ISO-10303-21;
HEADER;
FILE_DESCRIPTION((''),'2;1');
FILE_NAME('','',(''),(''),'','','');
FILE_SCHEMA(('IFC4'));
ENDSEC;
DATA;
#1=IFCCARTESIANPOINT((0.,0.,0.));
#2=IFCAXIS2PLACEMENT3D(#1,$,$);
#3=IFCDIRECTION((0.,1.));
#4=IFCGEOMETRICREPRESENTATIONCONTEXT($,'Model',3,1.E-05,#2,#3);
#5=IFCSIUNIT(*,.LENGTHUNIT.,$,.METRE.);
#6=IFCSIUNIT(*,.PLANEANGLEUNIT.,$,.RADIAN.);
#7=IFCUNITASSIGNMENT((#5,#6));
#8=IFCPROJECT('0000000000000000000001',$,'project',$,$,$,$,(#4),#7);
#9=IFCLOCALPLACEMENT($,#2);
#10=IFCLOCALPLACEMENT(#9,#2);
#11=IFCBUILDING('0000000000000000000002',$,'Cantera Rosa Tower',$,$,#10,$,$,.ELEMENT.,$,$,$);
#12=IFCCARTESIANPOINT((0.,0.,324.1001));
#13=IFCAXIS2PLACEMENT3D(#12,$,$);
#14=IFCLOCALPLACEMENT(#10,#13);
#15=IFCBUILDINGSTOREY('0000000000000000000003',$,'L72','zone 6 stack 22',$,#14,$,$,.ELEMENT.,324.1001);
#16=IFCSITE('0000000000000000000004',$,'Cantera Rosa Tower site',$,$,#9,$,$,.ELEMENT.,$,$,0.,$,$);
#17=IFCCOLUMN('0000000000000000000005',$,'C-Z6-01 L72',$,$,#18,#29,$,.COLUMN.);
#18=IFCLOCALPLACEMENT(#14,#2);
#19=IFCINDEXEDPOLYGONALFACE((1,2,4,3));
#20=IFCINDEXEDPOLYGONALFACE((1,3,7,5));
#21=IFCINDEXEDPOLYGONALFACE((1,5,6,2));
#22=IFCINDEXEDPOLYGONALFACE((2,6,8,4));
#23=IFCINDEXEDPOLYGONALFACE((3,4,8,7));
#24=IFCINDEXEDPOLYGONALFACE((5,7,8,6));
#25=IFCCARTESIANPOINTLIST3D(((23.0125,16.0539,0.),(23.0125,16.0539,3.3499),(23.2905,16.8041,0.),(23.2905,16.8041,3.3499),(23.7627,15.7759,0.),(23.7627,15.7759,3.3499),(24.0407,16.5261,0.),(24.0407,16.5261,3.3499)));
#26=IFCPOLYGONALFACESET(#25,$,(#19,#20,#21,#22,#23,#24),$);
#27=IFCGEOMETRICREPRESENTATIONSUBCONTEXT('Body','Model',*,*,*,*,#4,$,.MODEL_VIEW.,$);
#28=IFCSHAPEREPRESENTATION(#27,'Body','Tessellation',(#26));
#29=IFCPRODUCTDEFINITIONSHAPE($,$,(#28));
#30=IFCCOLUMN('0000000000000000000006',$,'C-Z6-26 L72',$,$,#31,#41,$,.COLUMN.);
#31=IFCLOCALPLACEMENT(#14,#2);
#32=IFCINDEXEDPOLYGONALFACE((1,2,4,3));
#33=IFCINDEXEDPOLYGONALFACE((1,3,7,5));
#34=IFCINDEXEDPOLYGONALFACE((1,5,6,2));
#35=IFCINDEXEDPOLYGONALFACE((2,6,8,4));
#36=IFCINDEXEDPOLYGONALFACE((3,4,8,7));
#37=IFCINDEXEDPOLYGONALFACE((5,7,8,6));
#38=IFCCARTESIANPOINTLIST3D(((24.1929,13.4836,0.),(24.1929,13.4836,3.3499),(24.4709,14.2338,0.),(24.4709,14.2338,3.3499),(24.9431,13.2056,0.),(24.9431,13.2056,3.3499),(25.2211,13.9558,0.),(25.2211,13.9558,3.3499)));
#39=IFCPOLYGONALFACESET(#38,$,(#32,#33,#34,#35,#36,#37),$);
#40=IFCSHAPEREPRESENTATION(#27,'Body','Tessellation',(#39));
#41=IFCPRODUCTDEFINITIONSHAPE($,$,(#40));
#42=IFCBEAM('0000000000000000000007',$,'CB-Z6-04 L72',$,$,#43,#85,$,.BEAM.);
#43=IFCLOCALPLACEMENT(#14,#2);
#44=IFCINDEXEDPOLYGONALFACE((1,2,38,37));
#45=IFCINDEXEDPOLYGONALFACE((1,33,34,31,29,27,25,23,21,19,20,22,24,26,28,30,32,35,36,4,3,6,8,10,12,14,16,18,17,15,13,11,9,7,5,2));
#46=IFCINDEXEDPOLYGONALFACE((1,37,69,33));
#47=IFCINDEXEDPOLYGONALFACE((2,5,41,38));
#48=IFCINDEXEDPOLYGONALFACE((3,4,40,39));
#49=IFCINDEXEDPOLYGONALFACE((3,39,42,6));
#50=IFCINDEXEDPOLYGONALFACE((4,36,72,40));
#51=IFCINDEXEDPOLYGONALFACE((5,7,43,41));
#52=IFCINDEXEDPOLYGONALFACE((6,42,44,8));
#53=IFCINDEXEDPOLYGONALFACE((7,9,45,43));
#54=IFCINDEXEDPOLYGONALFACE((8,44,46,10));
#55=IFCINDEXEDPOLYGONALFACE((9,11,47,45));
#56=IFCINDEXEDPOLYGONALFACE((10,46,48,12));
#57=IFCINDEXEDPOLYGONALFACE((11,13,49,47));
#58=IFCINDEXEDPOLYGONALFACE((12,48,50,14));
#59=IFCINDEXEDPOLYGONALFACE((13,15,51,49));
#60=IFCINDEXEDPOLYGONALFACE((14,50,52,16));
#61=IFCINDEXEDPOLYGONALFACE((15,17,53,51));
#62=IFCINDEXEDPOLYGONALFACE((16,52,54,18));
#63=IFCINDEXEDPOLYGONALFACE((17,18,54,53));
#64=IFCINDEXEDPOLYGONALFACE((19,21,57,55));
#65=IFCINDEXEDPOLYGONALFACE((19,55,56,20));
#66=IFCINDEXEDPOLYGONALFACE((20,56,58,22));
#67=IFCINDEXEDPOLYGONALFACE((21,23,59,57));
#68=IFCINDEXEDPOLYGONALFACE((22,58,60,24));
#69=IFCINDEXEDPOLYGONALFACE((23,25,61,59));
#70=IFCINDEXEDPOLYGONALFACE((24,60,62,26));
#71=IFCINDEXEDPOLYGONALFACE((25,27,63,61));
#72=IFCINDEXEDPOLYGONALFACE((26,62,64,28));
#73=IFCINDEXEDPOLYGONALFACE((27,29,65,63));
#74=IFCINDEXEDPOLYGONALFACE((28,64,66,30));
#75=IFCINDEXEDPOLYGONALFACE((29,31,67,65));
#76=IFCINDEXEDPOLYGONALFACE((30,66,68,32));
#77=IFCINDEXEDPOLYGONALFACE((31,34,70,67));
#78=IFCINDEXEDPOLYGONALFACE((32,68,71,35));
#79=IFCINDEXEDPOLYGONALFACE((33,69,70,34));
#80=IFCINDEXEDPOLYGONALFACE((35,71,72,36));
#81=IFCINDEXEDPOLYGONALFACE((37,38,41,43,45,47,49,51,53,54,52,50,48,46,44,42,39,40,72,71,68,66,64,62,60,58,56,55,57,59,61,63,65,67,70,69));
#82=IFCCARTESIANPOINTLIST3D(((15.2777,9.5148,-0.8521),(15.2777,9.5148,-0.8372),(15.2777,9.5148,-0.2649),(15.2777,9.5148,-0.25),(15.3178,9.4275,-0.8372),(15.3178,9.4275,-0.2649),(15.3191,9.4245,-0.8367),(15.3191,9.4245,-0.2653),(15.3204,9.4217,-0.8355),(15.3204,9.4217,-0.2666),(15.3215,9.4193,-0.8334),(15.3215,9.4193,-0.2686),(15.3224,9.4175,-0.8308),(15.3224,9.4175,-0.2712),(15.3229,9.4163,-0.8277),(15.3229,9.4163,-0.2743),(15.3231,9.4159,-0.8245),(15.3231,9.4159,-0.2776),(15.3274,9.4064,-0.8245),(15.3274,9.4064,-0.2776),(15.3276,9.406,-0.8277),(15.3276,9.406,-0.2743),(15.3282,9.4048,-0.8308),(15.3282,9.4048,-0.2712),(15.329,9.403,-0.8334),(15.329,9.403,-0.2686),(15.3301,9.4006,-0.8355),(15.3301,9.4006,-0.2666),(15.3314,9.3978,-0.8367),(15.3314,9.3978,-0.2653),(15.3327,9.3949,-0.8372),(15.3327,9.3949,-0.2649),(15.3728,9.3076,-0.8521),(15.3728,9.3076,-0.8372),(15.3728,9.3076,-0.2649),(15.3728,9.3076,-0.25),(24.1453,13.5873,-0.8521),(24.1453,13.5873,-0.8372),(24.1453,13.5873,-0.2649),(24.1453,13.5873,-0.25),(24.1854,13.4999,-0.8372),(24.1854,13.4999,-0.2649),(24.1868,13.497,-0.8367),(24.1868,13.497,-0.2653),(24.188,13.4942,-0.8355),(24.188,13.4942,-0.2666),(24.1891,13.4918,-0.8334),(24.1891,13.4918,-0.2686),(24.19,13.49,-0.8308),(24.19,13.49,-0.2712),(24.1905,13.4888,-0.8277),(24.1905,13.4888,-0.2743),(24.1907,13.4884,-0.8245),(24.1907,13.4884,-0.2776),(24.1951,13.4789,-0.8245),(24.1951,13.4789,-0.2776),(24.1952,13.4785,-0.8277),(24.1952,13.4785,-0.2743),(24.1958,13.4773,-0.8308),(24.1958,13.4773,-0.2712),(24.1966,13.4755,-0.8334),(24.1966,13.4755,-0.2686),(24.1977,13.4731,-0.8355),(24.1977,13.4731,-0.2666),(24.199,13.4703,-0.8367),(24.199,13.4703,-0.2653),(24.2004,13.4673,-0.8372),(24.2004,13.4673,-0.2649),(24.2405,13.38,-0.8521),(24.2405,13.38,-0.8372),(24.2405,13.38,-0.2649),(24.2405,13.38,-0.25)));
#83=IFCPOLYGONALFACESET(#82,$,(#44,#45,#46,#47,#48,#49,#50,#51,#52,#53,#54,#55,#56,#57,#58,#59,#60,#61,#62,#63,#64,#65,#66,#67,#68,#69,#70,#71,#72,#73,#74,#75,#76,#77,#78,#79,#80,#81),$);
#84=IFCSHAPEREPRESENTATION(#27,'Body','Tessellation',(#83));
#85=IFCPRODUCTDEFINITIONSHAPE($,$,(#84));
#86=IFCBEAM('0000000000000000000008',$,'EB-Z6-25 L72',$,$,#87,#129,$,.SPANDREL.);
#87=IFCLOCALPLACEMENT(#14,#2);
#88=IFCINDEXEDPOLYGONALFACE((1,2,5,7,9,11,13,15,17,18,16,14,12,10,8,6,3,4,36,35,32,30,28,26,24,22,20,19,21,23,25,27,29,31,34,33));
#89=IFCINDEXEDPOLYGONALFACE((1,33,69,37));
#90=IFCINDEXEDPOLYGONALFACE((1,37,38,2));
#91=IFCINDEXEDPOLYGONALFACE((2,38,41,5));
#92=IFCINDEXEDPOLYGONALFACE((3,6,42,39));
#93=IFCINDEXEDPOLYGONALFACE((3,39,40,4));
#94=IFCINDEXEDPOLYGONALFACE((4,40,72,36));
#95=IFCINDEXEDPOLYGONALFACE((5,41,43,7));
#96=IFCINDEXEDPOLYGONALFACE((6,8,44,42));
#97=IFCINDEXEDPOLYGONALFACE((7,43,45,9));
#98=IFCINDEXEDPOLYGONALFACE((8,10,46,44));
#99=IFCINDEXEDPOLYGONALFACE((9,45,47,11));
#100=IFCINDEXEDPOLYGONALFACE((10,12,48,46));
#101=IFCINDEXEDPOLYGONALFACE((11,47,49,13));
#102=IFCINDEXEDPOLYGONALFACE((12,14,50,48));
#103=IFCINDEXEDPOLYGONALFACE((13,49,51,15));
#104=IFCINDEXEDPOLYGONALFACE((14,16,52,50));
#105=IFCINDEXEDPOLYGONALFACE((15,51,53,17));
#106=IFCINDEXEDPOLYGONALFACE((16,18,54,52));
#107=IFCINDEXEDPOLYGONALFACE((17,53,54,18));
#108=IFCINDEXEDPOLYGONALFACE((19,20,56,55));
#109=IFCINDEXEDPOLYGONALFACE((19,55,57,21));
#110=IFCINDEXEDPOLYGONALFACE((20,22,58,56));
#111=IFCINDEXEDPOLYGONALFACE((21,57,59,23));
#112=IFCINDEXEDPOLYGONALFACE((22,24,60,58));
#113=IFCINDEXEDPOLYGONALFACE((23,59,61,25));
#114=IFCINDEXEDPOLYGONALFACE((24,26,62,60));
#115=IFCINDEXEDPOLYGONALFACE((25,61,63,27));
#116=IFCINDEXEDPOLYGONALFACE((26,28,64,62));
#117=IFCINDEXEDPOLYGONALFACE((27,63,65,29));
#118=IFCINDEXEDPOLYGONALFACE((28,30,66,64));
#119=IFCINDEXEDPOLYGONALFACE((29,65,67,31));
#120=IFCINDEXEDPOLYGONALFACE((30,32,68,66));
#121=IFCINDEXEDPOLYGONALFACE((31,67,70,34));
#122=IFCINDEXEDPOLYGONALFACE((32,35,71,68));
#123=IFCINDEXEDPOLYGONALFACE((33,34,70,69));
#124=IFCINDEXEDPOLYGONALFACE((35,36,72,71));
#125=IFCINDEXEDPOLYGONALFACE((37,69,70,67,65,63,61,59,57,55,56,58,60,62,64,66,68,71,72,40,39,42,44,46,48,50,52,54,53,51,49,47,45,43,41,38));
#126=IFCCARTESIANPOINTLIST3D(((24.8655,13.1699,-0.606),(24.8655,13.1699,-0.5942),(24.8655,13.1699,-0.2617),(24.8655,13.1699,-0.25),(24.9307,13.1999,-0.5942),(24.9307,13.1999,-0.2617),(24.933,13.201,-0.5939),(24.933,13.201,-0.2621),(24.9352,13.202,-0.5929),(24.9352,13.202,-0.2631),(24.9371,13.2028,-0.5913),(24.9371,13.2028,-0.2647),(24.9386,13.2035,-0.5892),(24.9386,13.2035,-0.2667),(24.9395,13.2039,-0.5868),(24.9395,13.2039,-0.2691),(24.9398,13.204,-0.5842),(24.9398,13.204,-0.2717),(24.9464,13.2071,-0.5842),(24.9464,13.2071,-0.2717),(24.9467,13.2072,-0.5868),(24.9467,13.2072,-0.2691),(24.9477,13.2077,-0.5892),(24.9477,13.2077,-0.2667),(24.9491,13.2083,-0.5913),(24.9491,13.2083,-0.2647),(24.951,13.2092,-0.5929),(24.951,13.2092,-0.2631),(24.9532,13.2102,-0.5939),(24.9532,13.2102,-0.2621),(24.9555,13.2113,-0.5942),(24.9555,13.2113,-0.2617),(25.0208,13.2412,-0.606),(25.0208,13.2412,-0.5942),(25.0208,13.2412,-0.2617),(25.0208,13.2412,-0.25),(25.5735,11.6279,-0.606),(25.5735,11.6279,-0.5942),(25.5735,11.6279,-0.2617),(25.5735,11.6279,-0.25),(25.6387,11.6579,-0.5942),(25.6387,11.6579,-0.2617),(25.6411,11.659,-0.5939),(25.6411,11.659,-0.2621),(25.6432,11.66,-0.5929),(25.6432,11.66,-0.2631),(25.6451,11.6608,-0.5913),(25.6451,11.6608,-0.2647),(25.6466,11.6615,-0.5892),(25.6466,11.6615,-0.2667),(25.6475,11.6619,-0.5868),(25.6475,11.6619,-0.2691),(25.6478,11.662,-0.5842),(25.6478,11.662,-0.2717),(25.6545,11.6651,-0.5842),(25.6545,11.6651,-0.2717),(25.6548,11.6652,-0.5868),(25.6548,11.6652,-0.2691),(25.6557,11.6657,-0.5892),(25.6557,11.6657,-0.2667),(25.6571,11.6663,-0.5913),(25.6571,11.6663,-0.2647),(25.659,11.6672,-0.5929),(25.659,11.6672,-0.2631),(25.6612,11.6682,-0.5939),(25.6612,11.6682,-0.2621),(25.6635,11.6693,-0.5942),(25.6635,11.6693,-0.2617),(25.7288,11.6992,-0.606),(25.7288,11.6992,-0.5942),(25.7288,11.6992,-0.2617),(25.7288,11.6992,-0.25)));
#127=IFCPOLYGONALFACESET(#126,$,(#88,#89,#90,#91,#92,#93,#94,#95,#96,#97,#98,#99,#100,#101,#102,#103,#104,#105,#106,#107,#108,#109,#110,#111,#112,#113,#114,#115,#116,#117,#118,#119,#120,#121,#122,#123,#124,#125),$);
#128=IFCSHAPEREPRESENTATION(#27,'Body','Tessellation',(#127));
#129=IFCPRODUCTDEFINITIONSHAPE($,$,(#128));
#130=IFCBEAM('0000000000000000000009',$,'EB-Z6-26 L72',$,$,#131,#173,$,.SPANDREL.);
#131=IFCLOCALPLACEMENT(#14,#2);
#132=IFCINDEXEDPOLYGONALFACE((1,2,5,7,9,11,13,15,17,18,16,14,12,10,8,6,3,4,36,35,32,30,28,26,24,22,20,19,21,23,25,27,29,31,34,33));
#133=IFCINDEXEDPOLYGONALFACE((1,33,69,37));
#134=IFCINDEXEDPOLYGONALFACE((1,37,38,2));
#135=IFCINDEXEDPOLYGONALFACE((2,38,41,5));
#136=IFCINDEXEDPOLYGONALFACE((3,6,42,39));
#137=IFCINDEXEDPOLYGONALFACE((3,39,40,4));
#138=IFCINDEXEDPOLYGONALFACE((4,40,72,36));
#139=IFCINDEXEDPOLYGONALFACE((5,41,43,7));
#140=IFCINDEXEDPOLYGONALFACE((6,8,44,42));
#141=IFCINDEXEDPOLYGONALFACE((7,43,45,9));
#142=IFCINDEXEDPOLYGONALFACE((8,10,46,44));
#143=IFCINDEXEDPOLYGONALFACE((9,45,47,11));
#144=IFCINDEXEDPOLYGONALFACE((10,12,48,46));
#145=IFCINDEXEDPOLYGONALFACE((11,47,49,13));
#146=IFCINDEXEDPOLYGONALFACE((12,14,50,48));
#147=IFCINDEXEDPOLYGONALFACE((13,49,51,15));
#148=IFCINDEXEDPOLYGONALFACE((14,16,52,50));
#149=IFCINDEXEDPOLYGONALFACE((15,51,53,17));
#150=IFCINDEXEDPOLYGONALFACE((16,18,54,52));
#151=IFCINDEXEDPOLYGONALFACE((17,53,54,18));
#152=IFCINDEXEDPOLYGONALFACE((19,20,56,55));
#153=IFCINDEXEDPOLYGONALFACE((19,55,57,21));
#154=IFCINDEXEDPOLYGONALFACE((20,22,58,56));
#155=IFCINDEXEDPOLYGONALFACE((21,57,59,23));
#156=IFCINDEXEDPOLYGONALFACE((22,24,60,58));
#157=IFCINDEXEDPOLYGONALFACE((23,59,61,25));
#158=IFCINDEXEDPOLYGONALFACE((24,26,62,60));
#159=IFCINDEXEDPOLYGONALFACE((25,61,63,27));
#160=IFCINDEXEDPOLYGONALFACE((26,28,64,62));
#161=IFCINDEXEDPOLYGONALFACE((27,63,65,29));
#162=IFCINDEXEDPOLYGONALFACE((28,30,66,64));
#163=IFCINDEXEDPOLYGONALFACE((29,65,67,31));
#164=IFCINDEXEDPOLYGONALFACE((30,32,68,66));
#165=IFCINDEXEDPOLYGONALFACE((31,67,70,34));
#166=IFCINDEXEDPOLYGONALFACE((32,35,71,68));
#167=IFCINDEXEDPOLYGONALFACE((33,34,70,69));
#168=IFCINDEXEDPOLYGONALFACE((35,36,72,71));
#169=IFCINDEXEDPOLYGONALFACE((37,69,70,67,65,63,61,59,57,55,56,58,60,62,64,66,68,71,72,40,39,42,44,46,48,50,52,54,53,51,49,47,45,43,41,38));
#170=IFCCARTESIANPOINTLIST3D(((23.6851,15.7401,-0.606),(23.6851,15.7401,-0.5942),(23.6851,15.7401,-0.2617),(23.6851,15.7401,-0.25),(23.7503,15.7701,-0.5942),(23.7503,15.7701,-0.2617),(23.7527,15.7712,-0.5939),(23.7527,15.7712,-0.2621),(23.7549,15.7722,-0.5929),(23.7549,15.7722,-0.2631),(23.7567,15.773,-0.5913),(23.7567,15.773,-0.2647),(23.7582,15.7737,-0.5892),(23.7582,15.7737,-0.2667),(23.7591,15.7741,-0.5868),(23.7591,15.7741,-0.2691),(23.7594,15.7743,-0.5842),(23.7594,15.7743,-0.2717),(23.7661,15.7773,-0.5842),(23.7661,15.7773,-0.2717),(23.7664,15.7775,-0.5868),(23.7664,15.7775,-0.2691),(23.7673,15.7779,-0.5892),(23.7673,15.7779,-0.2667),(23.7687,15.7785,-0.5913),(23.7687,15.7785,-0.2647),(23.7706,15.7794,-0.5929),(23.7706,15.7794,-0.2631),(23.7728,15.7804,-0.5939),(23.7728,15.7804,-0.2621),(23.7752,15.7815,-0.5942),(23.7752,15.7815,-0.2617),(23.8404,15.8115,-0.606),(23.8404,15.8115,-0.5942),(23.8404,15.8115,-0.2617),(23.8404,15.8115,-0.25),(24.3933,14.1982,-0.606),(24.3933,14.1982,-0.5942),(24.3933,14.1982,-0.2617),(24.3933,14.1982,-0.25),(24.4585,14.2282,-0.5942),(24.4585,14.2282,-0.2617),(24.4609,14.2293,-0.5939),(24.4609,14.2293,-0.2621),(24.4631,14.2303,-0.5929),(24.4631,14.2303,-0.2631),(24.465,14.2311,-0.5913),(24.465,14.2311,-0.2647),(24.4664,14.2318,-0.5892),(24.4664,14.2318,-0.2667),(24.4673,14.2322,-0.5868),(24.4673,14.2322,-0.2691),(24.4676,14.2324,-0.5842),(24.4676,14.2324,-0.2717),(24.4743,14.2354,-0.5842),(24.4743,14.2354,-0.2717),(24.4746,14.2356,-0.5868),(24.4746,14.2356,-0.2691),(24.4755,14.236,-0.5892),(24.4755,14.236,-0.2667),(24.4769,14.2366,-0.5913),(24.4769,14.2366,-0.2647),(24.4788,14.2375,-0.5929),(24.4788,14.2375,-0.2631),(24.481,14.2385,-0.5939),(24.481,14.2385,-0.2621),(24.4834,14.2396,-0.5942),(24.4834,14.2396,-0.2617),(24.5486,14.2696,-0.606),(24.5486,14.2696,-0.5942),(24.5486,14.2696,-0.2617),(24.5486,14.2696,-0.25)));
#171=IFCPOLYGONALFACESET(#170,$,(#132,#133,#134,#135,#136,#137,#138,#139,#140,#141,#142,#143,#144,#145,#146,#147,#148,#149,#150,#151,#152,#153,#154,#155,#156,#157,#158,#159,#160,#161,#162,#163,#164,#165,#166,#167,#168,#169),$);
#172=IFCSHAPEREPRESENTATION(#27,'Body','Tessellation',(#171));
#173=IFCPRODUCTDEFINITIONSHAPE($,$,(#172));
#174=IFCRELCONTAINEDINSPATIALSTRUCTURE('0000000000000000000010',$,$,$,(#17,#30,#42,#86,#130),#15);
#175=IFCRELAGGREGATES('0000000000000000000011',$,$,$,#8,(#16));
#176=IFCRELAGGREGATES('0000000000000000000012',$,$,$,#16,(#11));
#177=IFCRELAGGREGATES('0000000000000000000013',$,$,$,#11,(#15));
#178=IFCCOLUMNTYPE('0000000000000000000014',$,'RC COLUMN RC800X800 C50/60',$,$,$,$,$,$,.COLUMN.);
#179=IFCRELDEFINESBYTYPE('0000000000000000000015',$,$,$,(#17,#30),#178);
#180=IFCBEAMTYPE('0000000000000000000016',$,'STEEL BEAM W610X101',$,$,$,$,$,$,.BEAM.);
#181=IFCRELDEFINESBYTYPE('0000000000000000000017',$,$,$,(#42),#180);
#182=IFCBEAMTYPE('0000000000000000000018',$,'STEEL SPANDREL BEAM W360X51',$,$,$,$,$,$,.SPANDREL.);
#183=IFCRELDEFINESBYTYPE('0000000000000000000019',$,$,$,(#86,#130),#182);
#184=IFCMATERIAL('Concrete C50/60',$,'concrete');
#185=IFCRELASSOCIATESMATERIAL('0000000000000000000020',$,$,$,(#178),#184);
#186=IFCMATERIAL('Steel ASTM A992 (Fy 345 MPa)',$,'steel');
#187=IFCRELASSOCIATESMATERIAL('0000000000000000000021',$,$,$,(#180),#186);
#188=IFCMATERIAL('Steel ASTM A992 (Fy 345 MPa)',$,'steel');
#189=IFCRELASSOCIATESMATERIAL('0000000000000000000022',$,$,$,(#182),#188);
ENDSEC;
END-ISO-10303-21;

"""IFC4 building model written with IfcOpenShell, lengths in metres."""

from ifc_helpers import new_model, si_unit, direction, frame, origin, origin_2d, place, context, subcontext, project, spatial, rectangle, i_section, extrude, material, material_profile, profile_set, type_object, element, save


model = new_model("IFC4")

# Units and contexts
model_context = context("Model", 3, precision=1e-05, world=origin(), true_north=direction((0.0, 1.0)))
body_context = subcontext(model_context, "Body", "Model", "MODEL_VIEW")
ifc_project = project(units=[si_unit("LENGTHUNIT", "METRE"), si_unit("PLANEANGLEUNIT", "RADIAN")], contexts=[model_context])

# Site, building, storey
site_placement = place(None, origin())
site = spatial("IfcSite", under=ifc_project, at=site_placement, Name="Cantera Rosa Tower site", CompositionType="ELEMENT", RefElevation=0.0)
building_placement = place(site_placement, origin())
building = spatial("IfcBuilding", under=site, at=building_placement, Name="Cantera Rosa Tower", CompositionType="ELEMENT")
storey_placement = place(building_placement, frame((0.0, 0.0, 324.1001)))
storey = spatial("IfcBuildingStorey", under=building, at=storey_placement, Name="L72", Description="zone 6 stack 22", CompositionType="ELEMENT", Elevation=324.1001)

# Columns
ifc_material_1 = material(Name="Concrete C50/60", Category="concrete")
ifc_material_profile_1 = material_profile(ifc_material_1, rectangle(XDim=0.8, YDim=0.8, at=origin_2d()), Name="RC COLUMN RC800X800 C50/60")
ifc_profile_set_1 = profile_set([ifc_material_profile_1], Name="Concrete C50/60")
column_type = type_object("IfcColumnType", Name="RC COLUMN RC800X800 C50/60", PredefinedType="COLUMN", material=ifc_profile_set_1)
for number, where, z_axis, x_axis, name in (
    (1, (23.5266, 16.29, 0.0), (0.0, 0.0, 1.0), (0.347481, 0.937687, 0.0), "C-Z6-01 L72"),
    (2, (24.707, 13.7197, 0.0), (0.0, 0.0, 1.0), (0.347481, 0.937687, 0.0), "C-Z6-26 L72"),
):
    element("IfcColumn", number, at=place(storey_placement, frame(where, z_axis=z_axis, x_axis=x_axis)), inside=storey, type_object=column_type, Name=name, PredefinedType="COLUMN", context=body_context, shape_type="SweptSolid", body=[
        extrude(rectangle(XDim=0.8, YDim=0.8, at=origin_2d()), origin(), (0.0, 0.0, 1.0), 3.3499),
    ])

# Beams
ifc_material_2 = material(Name="Steel ASTM A992 (Fy 345 MPa)", Category="steel")
ifc_material_profile_2 = material_profile(ifc_material_2, i_section(OverallWidth=0.228, OverallDepth=0.6021, WebThickness=0.0105, FlangeThickness=0.0149, FilletRadius=0.0127, at=origin_2d()), Name="W610X101")
ifc_profile_set_2 = profile_set([ifc_material_profile_2], Name="Steel ASTM A992 (Fy 345 MPa)")
beam_type_1 = type_object("IfcBeamType", Name="STEEL BEAM W610X101", PredefinedType="BEAM", material=ifc_profile_set_2)
beam_1_placement = place(storey_placement, frame((24.1929, 13.4836, -0.551), z_axis=(-0.908748, -0.417346, 0.0), x_axis=(0.417346, -0.908748, 0.0)))
element("IfcBeam", 3, at=beam_1_placement, inside=storey, type_object=beam_type_1, Name="CB-Z6-04 L72", PredefinedType="BEAM", context=body_context, shape_type="SweptSolid", body=[
    extrude(i_section(OverallWidth=0.228, OverallDepth=0.6021, WebThickness=0.0105, FlangeThickness=0.0149, FilletRadius=0.0127, at=origin_2d()), origin(), (0.0, 0.0, 1.0), 9.7581),
])
ifc_material_3 = material(Name="Steel ASTM A992 (Fy 345 MPa)", Category="steel")
ifc_material_profile_3 = material_profile(ifc_material_3, i_section(OverallWidth=0.1709, OverallDepth=0.356, WebThickness=0.0073, FlangeThickness=0.0117, FilletRadius=0.01, at=origin_2d()), Name="W360X51")
ifc_profile_set_3 = profile_set([ifc_material_profile_3], Name="Steel ASTM A992 (Fy 345 MPa)")
beam_type_2 = type_object("IfcBeamType", Name="STEEL SPANDREL BEAM W360X51", PredefinedType="SPANDREL", material=ifc_profile_set_3)
for number, where, z_axis, x_axis, name in (
    (4, (25.6511, 11.6636, -0.428), (-0.417269, 0.908783, 0.0), (-0.908783, -0.417269, 0.0), "EB-Z6-25 L72"),
    (5, (24.4709, 14.2339, -0.428), (-0.417388, 0.908728, 0.0), (-0.908728, -0.417388, 0.0), "EB-Z6-26 L72"),
):
    element("IfcBeam", number, at=place(storey_placement, frame(where, z_axis=z_axis, x_axis=x_axis)), inside=storey, type_object=beam_type_2, Name=name, PredefinedType="SPANDREL", context=body_context, shape_type="SweptSolid", body=[
        extrude(i_section(OverallWidth=0.1709, OverallDepth=0.356, WebThickness=0.0073, FlangeThickness=0.0117, FilletRadius=0.01, at=origin_2d()), origin(), (0.0, 0.0, 1.0), 1.6968),
    ])

save(model, "model.ifc")
